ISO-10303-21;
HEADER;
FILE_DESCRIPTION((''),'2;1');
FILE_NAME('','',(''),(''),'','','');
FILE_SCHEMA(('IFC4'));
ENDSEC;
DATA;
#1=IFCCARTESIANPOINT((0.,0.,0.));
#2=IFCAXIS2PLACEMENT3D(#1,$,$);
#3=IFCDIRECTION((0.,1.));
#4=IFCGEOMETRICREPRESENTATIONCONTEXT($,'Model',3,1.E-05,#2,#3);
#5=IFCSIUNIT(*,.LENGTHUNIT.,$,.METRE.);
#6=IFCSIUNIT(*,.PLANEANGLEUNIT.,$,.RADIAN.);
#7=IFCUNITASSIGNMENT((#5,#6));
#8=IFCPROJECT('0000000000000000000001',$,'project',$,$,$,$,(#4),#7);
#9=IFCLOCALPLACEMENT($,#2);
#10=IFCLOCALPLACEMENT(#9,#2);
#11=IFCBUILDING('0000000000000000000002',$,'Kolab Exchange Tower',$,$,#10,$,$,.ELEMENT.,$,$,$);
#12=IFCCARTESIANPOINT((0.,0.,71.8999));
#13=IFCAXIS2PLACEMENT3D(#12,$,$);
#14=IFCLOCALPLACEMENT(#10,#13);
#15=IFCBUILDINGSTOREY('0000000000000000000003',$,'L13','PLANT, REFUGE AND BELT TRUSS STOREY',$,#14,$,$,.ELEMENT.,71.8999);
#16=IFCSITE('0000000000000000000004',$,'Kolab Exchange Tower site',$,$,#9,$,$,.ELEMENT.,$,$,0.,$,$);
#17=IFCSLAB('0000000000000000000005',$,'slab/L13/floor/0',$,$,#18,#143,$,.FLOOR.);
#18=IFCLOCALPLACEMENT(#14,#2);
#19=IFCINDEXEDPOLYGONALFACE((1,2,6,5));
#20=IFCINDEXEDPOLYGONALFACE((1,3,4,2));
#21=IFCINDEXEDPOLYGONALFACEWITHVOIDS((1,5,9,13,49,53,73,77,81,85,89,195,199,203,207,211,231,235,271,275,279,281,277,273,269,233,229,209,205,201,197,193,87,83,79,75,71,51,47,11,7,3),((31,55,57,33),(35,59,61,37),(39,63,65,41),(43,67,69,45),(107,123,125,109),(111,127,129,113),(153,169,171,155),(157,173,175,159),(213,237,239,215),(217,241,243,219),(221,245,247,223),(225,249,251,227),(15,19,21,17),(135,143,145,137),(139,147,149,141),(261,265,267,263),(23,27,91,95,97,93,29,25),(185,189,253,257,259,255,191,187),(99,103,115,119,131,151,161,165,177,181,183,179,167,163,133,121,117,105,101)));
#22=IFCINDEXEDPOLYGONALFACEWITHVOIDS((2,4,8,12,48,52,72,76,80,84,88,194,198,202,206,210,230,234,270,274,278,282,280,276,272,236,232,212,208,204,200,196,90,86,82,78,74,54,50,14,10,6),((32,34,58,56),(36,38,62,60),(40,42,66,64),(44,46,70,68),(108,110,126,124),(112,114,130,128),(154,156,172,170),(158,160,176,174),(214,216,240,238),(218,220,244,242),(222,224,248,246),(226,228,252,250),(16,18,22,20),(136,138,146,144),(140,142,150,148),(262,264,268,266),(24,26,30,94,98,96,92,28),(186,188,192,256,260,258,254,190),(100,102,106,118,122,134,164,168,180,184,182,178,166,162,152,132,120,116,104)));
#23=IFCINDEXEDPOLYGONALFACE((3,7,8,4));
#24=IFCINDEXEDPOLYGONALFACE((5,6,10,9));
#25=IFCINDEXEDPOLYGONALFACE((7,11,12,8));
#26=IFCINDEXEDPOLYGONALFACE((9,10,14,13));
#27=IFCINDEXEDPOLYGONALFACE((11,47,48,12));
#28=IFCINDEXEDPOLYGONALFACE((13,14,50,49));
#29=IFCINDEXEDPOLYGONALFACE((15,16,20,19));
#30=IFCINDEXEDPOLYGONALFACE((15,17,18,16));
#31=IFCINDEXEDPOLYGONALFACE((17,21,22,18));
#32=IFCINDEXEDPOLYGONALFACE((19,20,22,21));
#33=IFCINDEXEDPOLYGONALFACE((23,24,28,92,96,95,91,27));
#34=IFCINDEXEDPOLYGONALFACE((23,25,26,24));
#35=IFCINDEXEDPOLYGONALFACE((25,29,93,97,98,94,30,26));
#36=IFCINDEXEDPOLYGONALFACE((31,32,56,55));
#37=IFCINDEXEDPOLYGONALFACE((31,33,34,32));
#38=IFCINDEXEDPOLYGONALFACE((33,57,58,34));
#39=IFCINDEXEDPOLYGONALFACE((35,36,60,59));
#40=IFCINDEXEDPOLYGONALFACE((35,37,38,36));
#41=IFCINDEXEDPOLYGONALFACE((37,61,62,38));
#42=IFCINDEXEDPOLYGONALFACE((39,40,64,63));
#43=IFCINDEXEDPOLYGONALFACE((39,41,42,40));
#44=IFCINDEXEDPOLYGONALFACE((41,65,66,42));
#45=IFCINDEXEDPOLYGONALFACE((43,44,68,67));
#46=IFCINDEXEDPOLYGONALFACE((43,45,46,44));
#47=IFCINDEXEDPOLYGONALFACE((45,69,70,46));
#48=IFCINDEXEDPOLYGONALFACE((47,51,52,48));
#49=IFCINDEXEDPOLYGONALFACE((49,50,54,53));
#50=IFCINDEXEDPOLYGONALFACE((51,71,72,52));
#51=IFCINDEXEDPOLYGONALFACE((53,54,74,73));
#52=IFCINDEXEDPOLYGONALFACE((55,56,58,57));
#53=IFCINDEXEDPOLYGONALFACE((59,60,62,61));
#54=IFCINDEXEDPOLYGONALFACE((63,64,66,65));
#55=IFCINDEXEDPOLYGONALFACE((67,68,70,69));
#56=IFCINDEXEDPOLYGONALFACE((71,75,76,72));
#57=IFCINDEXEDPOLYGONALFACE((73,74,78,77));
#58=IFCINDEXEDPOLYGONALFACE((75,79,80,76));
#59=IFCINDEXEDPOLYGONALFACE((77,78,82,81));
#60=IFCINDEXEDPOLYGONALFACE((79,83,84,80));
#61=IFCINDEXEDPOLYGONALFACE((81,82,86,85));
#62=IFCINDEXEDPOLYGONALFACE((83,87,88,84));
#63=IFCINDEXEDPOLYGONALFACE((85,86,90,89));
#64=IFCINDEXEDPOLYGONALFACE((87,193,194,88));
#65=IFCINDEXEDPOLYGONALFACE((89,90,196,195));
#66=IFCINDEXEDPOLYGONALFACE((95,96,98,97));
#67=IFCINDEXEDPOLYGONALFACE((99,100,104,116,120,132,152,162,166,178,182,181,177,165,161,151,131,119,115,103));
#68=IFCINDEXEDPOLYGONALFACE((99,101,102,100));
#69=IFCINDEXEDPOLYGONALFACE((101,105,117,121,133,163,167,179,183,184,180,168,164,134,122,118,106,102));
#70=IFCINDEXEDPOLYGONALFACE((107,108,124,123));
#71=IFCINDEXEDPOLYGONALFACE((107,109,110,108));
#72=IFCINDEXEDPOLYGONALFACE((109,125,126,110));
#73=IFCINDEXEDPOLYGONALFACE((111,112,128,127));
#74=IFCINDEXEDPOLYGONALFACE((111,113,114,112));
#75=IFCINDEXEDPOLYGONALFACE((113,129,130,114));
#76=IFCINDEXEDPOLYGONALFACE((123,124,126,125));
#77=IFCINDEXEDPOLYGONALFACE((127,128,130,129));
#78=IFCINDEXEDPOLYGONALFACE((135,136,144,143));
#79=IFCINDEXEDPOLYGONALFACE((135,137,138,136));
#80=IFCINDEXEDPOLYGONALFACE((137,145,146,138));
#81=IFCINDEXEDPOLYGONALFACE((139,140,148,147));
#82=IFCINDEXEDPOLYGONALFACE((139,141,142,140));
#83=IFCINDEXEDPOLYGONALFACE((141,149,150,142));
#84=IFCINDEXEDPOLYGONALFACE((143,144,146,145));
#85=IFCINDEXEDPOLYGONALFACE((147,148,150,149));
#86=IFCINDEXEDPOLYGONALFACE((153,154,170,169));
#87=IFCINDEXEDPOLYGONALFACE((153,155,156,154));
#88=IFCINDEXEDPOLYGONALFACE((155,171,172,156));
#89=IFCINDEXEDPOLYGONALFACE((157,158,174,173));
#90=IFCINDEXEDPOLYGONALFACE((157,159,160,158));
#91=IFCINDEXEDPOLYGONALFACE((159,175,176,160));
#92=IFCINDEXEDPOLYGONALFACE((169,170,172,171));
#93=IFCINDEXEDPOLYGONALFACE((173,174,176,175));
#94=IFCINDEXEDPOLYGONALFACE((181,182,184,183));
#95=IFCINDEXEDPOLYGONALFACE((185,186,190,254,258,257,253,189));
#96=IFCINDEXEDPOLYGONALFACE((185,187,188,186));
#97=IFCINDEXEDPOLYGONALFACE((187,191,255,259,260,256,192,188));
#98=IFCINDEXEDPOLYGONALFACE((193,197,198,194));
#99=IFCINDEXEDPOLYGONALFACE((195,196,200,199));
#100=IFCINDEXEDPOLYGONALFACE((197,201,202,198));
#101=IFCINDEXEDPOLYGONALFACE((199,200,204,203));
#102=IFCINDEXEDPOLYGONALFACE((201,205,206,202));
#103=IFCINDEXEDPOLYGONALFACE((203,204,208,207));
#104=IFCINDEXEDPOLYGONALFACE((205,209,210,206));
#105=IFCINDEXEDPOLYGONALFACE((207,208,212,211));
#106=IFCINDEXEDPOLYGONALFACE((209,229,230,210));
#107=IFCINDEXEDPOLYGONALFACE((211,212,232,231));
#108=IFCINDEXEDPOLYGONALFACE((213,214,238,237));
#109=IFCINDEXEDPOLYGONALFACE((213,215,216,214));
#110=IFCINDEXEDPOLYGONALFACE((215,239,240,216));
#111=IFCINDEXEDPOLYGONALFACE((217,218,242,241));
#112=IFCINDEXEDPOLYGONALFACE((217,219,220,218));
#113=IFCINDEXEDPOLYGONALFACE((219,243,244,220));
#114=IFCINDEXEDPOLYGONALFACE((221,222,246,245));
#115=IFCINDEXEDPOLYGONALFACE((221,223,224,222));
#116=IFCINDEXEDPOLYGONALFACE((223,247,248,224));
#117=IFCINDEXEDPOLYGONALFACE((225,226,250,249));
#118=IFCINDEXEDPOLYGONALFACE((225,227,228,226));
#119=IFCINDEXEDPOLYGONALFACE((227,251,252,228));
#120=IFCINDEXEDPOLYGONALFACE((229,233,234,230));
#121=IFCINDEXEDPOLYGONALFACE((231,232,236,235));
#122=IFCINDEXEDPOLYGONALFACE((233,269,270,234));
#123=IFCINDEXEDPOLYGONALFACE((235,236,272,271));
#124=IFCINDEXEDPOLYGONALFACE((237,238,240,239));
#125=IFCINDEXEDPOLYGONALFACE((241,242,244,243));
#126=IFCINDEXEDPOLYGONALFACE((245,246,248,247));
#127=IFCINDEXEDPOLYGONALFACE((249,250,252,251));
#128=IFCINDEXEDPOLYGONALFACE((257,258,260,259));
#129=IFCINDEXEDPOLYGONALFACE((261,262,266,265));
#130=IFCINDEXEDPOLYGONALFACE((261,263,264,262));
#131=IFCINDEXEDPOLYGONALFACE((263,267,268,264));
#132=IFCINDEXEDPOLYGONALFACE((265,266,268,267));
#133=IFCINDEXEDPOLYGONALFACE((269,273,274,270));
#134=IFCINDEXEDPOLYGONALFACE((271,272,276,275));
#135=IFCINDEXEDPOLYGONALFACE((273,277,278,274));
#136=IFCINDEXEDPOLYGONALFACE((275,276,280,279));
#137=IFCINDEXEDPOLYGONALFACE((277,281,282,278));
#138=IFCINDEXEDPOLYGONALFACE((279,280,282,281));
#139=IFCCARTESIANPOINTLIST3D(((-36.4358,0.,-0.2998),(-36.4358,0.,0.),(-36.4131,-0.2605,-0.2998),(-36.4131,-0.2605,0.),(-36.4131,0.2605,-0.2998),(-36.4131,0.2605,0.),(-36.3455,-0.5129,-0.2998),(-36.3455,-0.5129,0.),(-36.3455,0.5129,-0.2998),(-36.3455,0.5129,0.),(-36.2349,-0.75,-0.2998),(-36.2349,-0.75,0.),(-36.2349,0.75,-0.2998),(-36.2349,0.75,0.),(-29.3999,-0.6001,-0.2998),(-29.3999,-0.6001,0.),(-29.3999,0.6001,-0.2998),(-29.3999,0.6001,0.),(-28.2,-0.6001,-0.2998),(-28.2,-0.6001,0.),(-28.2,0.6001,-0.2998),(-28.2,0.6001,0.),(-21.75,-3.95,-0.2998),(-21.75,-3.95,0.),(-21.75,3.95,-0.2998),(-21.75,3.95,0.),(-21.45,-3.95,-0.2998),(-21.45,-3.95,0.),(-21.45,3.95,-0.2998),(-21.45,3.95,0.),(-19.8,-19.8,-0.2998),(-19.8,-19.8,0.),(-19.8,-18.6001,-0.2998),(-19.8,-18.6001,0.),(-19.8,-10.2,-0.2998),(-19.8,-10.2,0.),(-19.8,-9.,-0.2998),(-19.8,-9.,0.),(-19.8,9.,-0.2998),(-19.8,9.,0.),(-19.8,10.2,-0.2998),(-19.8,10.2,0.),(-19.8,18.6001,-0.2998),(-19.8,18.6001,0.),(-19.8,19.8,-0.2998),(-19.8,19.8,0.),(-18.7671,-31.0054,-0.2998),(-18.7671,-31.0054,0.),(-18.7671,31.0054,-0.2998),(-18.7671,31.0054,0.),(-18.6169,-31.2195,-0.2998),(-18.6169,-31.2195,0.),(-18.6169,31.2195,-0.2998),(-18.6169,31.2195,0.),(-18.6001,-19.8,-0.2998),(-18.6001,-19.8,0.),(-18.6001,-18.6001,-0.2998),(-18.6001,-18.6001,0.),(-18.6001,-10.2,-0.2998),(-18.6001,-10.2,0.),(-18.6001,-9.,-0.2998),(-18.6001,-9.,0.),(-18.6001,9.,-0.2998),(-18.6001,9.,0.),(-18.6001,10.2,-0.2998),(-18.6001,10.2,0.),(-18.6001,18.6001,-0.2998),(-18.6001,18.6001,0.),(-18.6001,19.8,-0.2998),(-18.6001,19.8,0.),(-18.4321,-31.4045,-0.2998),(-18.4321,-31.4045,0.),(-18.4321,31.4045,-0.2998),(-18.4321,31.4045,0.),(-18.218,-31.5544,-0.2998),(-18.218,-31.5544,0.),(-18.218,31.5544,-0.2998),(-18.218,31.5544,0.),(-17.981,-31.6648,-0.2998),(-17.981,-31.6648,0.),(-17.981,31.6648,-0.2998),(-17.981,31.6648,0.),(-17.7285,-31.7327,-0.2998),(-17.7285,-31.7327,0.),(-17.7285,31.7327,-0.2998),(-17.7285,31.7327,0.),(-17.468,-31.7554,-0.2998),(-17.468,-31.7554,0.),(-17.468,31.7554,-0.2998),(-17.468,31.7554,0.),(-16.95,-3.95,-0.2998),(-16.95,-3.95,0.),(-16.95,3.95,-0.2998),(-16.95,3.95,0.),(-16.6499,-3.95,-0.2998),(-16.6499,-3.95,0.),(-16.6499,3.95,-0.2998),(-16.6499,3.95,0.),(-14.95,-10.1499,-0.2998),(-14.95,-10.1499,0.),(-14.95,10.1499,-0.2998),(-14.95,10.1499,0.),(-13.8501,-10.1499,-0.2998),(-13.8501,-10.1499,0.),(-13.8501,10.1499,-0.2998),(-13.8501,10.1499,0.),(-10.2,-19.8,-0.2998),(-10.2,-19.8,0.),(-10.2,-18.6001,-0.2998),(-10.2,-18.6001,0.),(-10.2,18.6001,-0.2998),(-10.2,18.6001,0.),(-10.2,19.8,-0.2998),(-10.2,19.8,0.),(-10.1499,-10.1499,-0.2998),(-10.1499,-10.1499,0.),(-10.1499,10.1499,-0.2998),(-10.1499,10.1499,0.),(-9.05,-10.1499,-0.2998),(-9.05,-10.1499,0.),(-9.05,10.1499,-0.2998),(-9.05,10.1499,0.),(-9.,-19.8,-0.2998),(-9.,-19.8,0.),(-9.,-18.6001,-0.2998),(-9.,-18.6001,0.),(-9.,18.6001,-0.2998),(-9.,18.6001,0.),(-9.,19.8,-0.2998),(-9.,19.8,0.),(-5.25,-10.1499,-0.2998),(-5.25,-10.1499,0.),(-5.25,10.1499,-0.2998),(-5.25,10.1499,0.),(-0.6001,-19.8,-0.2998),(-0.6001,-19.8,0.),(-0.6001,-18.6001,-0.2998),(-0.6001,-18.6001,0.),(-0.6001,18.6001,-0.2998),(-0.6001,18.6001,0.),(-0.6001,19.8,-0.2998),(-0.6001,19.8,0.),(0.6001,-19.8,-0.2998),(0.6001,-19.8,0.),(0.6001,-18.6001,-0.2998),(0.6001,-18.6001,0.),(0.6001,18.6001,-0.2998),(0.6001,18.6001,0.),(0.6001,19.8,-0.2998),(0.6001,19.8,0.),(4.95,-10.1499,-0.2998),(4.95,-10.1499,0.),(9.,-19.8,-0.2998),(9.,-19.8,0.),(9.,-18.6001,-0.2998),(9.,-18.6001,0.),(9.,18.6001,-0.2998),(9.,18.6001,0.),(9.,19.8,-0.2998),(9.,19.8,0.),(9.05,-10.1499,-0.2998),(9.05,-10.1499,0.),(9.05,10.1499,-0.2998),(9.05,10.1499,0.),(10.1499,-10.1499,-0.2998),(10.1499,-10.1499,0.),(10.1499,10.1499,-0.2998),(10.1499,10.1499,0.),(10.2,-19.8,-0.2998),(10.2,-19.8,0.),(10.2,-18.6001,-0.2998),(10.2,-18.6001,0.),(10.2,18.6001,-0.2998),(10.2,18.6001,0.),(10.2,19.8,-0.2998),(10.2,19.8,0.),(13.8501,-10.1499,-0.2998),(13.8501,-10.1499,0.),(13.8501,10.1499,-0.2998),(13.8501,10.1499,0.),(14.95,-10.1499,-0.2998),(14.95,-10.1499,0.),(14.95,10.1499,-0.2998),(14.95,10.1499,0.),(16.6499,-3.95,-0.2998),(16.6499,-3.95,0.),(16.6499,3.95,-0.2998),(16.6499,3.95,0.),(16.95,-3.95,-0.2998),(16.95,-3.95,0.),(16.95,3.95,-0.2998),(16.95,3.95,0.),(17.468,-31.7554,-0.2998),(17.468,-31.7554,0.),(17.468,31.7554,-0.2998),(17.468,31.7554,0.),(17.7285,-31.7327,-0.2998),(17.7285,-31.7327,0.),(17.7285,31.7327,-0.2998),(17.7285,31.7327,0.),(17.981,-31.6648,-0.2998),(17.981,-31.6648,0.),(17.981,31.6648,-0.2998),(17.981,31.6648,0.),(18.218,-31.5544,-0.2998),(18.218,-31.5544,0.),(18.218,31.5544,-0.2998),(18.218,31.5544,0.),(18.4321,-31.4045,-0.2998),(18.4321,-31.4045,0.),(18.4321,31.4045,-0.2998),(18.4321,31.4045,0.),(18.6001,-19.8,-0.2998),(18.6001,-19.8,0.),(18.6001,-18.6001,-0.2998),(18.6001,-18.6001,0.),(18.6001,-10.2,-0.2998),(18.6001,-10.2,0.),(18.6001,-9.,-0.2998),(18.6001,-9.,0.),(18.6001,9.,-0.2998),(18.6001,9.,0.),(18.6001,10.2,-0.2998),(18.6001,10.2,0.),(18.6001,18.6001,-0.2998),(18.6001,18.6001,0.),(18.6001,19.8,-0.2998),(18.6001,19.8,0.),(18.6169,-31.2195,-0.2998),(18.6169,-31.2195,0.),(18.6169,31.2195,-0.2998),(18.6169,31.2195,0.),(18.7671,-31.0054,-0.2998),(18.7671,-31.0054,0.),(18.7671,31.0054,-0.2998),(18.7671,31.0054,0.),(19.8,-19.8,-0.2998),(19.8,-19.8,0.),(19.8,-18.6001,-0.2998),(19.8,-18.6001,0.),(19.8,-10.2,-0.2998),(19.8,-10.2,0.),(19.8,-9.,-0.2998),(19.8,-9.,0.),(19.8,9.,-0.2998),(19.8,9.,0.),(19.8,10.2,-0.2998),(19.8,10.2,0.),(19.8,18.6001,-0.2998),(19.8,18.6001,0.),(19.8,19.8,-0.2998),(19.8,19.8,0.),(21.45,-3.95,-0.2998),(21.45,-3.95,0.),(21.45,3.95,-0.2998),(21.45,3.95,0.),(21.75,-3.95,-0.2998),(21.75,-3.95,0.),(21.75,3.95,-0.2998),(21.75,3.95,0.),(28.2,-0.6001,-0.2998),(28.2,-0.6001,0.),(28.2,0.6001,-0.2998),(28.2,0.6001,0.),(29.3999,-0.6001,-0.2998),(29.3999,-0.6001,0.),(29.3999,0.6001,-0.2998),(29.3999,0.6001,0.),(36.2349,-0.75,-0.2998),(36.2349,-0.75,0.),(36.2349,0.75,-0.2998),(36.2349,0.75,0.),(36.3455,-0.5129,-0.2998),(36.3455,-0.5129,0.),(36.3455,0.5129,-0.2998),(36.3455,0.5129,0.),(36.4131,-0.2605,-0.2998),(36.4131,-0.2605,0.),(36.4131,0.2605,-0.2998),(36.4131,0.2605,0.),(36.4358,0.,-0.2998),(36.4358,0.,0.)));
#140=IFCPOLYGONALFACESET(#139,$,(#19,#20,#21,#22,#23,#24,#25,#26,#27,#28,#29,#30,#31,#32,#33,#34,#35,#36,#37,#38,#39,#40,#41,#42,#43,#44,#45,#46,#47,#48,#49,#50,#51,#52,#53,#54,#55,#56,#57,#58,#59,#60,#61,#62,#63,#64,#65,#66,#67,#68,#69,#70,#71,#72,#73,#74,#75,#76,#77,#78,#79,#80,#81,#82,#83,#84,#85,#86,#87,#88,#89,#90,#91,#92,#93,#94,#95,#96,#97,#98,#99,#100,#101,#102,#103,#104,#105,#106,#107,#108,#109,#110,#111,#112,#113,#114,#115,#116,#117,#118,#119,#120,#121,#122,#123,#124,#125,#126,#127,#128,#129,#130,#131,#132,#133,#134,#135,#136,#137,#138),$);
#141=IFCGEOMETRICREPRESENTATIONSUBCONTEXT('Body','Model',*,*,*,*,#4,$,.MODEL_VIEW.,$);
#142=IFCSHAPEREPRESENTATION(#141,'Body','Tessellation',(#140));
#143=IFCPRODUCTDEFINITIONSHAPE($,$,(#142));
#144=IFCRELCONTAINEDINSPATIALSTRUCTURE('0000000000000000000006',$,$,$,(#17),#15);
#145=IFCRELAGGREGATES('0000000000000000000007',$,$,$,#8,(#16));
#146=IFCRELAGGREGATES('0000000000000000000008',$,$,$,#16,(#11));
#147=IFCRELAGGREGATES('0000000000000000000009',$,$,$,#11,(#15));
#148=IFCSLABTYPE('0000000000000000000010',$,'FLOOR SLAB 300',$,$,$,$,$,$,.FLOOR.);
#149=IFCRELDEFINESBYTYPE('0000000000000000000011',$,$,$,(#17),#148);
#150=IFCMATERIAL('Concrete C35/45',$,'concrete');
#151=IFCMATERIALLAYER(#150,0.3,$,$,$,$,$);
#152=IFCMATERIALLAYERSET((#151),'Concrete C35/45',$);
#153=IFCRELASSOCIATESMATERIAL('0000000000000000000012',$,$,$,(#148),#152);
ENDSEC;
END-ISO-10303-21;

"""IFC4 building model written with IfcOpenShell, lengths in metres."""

from ifc_helpers import new_model, si_unit, direction, frame, origin, place, context, subcontext, project, spatial, polyline, outline, extrude, material, layer, layer_set, type_object, element, save


model = new_model("IFC4")

# Units and contexts
model_context = context("Model", 3, precision=1e-05, world=origin(), true_north=direction((0.0, 1.0)))
body_context = subcontext(model_context, "Body", "Model", "MODEL_VIEW")
ifc_project = project(units=[si_unit("LENGTHUNIT", "METRE"), si_unit("PLANEANGLEUNIT", "RADIAN")], contexts=[model_context])

# Site, building, storey
site_placement = place(None, origin())
site = spatial("IfcSite", under=ifc_project, at=site_placement, Name="Kolab Exchange Tower site", CompositionType="ELEMENT", RefElevation=0.0)
building_placement = place(site_placement, origin())
building = spatial("IfcBuilding", under=site, at=building_placement, Name="Kolab Exchange Tower", CompositionType="ELEMENT")
storey_placement = place(building_placement, frame((0.0, 0.0, 71.8999)))
storey = spatial("IfcBuildingStorey", under=building, at=storey_placement, Name="L13", Description="PLANT, REFUGE AND BELT TRUSS STOREY", CompositionType="ELEMENT", Elevation=71.8999)

# Slab
ifc_material_1 = material(Name="Concrete C35/45", Category="concrete")
ifc_layer_1 = layer(ifc_material_1, 0.3)
ifc_layer_set_1 = layer_set([ifc_layer_1], Name="Concrete C35/45")
slab_type = type_object("IfcSlabType", Name="FLOOR SLAB 300", PredefinedType="FLOOR", material=ifc_layer_set_1)
slab_1_placement = place(storey_placement, frame((0.0, 0.0, -0.2998)))
element("IfcSlab", 1, at=slab_1_placement, inside=storey, type_object=slab_type, Name="slab/L13/floor/0", PredefinedType="FLOOR", context=body_context, shape_type="SweptSolid", body=[
    extrude(outline(polyline([(18.7671, -31.0054), (36.2349, -0.75), (36.3455, -0.5129), (36.4131, -0.2605), (36.4358, 0.0), (36.4131, 0.2605), (36.3455, 0.5129), (36.2349, 0.75), (18.7671, 31.0054), (18.6169, 31.2195), (18.4321, 31.4045), (18.218, 31.5544), (17.981, 31.6648), (17.7285, 31.7327), (17.468, 31.7554), (-17.468, 31.7554), (-17.7285, 31.7327), (-17.981, 31.6648), (-18.218, 31.5544), (-18.4321, 31.4045), (-18.6169, 31.2195), (-18.7671, 31.0054), (-36.2349, 0.75), (-36.3455, 0.5129), (-36.4131, 0.2605), (-36.4358, 0.0), (-36.4131, -0.2605), (-36.3455, -0.5129), (-36.2349, -0.75), (-18.7671, -31.0054), (-18.6169, -31.2195), (-18.4321, -31.4045), (-18.218, -31.5544), (-17.981, -31.6648), (-17.7285, -31.7327), (-17.468, -31.7554), (17.468, -31.7554), (17.7285, -31.7327), (17.981, -31.6648), (18.218, -31.5544), (18.4321, -31.4045), (18.6169, -31.2195), (18.7671, -31.0054)]), holes=[polyline([(-19.8, -18.6001), (-18.6001, -18.6001), (-18.6001, -19.8), (-19.8, -19.8), (-19.8, -18.6001)]), polyline([(-18.6001, -9.0), (-18.6001, -10.2), (-19.8, -10.2), (-19.8, -9.0), (-18.6001, -9.0)]), polyline([(-21.75, -3.95), (-21.75, 3.95), (-21.45, 3.95), (-16.95, 3.95), (-16.6499, 3.95), (-16.6499, -3.95), (-16.95, -3.95), (-21.45, -3.95), (-21.75, -3.95)]), polyline([(-14.95, 10.1499), (-13.8501, 10.1499), (-10.1499, 10.1499), (-9.05, 10.1499), (-5.25, 10.1499), (9.05, 10.1499), (10.1499, 10.1499), (13.8501, 10.1499), (14.95, 10.1499), (14.95, -10.1499), (13.8501, -10.1499), (10.1499, -10.1499), (9.05, -10.1499), (4.95, -10.1499), (-5.25, -10.1499), (-9.05, -10.1499), (-10.1499, -10.1499), (-13.8501, -10.1499), (-14.95, -10.1499), (-14.95, 10.1499)]), polyline([(-28.2, 0.6001), (-28.2, -0.6001), (-29.3999, -0.6001), (-29.3999, 0.6001), (-28.2, 0.6001)]), polyline([(-18.6001, 10.2), (-18.6001, 9.0), (-19.8, 9.0), (-19.8, 10.2), (-18.6001, 10.2)]), polyline([(-19.8, 19.8), (-18.6001, 19.8), (-18.6001, 18.6001), (-19.8, 18.6001), (-19.8, 19.8)]), polyline([(-9.0, -18.6001), (-9.0, -19.8), (-10.2, -19.8), (-10.2, -18.6001), (-9.0, -18.6001)]), polyline([(-9.0, 19.8), (-9.0, 18.6001), (-10.2, 18.6001), (-10.2, 19.8), (-9.0, 19.8)]), polyline([(0.6001, -18.6001), (0.6001, -19.8), (-0.6001, -19.8), (-0.6001, -18.6001), (0.6001, -18.6001)]), polyline([(0.6001, 19.8), (0.6001, 18.6001), (-0.6001, 18.6001), (-0.6001, 19.8), (0.6001, 19.8)]), polyline([(10.2, -18.6001), (10.2, -19.8), (9.0, -19.8), (9.0, -18.6001), (10.2, -18.6001)]), polyline([(9.0, 19.8), (10.2, 19.8), (10.2, 18.6001), (9.0, 18.6001), (9.0, 19.8)]), polyline([(19.8, -18.6001), (19.8, -19.8), (18.6001, -19.8), (18.6001, -18.6001), (19.8, -18.6001)]), polyline([(19.8, -9.0), (19.8, -10.2), (18.6001, -10.2), (18.6001, -9.0), (19.8, -9.0)]), polyline([(16.95, -3.95), (16.6499, -3.95), (16.6499, 3.95), (16.95, 3.95), (21.45, 3.95), (21.75, 3.95), (21.75, -3.95), (21.45, -3.95), (16.95, -3.95)]), polyline([(29.3999, 0.6001), (29.3999, -0.6001), (28.2, -0.6001), (28.2, 0.6001), (29.3999, 0.6001)]), polyline([(18.6001, 10.2), (19.8, 10.2), (19.8, 9.0), (18.6001, 9.0), (18.6001, 10.2)]), polyline([(18.6001, 19.8), (19.8, 19.8), (19.8, 18.6001), (18.6001, 18.6001), (18.6001, 19.8)])]), origin(), (0.0, 0.0, 1.0), 0.2998),
])

save(model, "model.ifc")
